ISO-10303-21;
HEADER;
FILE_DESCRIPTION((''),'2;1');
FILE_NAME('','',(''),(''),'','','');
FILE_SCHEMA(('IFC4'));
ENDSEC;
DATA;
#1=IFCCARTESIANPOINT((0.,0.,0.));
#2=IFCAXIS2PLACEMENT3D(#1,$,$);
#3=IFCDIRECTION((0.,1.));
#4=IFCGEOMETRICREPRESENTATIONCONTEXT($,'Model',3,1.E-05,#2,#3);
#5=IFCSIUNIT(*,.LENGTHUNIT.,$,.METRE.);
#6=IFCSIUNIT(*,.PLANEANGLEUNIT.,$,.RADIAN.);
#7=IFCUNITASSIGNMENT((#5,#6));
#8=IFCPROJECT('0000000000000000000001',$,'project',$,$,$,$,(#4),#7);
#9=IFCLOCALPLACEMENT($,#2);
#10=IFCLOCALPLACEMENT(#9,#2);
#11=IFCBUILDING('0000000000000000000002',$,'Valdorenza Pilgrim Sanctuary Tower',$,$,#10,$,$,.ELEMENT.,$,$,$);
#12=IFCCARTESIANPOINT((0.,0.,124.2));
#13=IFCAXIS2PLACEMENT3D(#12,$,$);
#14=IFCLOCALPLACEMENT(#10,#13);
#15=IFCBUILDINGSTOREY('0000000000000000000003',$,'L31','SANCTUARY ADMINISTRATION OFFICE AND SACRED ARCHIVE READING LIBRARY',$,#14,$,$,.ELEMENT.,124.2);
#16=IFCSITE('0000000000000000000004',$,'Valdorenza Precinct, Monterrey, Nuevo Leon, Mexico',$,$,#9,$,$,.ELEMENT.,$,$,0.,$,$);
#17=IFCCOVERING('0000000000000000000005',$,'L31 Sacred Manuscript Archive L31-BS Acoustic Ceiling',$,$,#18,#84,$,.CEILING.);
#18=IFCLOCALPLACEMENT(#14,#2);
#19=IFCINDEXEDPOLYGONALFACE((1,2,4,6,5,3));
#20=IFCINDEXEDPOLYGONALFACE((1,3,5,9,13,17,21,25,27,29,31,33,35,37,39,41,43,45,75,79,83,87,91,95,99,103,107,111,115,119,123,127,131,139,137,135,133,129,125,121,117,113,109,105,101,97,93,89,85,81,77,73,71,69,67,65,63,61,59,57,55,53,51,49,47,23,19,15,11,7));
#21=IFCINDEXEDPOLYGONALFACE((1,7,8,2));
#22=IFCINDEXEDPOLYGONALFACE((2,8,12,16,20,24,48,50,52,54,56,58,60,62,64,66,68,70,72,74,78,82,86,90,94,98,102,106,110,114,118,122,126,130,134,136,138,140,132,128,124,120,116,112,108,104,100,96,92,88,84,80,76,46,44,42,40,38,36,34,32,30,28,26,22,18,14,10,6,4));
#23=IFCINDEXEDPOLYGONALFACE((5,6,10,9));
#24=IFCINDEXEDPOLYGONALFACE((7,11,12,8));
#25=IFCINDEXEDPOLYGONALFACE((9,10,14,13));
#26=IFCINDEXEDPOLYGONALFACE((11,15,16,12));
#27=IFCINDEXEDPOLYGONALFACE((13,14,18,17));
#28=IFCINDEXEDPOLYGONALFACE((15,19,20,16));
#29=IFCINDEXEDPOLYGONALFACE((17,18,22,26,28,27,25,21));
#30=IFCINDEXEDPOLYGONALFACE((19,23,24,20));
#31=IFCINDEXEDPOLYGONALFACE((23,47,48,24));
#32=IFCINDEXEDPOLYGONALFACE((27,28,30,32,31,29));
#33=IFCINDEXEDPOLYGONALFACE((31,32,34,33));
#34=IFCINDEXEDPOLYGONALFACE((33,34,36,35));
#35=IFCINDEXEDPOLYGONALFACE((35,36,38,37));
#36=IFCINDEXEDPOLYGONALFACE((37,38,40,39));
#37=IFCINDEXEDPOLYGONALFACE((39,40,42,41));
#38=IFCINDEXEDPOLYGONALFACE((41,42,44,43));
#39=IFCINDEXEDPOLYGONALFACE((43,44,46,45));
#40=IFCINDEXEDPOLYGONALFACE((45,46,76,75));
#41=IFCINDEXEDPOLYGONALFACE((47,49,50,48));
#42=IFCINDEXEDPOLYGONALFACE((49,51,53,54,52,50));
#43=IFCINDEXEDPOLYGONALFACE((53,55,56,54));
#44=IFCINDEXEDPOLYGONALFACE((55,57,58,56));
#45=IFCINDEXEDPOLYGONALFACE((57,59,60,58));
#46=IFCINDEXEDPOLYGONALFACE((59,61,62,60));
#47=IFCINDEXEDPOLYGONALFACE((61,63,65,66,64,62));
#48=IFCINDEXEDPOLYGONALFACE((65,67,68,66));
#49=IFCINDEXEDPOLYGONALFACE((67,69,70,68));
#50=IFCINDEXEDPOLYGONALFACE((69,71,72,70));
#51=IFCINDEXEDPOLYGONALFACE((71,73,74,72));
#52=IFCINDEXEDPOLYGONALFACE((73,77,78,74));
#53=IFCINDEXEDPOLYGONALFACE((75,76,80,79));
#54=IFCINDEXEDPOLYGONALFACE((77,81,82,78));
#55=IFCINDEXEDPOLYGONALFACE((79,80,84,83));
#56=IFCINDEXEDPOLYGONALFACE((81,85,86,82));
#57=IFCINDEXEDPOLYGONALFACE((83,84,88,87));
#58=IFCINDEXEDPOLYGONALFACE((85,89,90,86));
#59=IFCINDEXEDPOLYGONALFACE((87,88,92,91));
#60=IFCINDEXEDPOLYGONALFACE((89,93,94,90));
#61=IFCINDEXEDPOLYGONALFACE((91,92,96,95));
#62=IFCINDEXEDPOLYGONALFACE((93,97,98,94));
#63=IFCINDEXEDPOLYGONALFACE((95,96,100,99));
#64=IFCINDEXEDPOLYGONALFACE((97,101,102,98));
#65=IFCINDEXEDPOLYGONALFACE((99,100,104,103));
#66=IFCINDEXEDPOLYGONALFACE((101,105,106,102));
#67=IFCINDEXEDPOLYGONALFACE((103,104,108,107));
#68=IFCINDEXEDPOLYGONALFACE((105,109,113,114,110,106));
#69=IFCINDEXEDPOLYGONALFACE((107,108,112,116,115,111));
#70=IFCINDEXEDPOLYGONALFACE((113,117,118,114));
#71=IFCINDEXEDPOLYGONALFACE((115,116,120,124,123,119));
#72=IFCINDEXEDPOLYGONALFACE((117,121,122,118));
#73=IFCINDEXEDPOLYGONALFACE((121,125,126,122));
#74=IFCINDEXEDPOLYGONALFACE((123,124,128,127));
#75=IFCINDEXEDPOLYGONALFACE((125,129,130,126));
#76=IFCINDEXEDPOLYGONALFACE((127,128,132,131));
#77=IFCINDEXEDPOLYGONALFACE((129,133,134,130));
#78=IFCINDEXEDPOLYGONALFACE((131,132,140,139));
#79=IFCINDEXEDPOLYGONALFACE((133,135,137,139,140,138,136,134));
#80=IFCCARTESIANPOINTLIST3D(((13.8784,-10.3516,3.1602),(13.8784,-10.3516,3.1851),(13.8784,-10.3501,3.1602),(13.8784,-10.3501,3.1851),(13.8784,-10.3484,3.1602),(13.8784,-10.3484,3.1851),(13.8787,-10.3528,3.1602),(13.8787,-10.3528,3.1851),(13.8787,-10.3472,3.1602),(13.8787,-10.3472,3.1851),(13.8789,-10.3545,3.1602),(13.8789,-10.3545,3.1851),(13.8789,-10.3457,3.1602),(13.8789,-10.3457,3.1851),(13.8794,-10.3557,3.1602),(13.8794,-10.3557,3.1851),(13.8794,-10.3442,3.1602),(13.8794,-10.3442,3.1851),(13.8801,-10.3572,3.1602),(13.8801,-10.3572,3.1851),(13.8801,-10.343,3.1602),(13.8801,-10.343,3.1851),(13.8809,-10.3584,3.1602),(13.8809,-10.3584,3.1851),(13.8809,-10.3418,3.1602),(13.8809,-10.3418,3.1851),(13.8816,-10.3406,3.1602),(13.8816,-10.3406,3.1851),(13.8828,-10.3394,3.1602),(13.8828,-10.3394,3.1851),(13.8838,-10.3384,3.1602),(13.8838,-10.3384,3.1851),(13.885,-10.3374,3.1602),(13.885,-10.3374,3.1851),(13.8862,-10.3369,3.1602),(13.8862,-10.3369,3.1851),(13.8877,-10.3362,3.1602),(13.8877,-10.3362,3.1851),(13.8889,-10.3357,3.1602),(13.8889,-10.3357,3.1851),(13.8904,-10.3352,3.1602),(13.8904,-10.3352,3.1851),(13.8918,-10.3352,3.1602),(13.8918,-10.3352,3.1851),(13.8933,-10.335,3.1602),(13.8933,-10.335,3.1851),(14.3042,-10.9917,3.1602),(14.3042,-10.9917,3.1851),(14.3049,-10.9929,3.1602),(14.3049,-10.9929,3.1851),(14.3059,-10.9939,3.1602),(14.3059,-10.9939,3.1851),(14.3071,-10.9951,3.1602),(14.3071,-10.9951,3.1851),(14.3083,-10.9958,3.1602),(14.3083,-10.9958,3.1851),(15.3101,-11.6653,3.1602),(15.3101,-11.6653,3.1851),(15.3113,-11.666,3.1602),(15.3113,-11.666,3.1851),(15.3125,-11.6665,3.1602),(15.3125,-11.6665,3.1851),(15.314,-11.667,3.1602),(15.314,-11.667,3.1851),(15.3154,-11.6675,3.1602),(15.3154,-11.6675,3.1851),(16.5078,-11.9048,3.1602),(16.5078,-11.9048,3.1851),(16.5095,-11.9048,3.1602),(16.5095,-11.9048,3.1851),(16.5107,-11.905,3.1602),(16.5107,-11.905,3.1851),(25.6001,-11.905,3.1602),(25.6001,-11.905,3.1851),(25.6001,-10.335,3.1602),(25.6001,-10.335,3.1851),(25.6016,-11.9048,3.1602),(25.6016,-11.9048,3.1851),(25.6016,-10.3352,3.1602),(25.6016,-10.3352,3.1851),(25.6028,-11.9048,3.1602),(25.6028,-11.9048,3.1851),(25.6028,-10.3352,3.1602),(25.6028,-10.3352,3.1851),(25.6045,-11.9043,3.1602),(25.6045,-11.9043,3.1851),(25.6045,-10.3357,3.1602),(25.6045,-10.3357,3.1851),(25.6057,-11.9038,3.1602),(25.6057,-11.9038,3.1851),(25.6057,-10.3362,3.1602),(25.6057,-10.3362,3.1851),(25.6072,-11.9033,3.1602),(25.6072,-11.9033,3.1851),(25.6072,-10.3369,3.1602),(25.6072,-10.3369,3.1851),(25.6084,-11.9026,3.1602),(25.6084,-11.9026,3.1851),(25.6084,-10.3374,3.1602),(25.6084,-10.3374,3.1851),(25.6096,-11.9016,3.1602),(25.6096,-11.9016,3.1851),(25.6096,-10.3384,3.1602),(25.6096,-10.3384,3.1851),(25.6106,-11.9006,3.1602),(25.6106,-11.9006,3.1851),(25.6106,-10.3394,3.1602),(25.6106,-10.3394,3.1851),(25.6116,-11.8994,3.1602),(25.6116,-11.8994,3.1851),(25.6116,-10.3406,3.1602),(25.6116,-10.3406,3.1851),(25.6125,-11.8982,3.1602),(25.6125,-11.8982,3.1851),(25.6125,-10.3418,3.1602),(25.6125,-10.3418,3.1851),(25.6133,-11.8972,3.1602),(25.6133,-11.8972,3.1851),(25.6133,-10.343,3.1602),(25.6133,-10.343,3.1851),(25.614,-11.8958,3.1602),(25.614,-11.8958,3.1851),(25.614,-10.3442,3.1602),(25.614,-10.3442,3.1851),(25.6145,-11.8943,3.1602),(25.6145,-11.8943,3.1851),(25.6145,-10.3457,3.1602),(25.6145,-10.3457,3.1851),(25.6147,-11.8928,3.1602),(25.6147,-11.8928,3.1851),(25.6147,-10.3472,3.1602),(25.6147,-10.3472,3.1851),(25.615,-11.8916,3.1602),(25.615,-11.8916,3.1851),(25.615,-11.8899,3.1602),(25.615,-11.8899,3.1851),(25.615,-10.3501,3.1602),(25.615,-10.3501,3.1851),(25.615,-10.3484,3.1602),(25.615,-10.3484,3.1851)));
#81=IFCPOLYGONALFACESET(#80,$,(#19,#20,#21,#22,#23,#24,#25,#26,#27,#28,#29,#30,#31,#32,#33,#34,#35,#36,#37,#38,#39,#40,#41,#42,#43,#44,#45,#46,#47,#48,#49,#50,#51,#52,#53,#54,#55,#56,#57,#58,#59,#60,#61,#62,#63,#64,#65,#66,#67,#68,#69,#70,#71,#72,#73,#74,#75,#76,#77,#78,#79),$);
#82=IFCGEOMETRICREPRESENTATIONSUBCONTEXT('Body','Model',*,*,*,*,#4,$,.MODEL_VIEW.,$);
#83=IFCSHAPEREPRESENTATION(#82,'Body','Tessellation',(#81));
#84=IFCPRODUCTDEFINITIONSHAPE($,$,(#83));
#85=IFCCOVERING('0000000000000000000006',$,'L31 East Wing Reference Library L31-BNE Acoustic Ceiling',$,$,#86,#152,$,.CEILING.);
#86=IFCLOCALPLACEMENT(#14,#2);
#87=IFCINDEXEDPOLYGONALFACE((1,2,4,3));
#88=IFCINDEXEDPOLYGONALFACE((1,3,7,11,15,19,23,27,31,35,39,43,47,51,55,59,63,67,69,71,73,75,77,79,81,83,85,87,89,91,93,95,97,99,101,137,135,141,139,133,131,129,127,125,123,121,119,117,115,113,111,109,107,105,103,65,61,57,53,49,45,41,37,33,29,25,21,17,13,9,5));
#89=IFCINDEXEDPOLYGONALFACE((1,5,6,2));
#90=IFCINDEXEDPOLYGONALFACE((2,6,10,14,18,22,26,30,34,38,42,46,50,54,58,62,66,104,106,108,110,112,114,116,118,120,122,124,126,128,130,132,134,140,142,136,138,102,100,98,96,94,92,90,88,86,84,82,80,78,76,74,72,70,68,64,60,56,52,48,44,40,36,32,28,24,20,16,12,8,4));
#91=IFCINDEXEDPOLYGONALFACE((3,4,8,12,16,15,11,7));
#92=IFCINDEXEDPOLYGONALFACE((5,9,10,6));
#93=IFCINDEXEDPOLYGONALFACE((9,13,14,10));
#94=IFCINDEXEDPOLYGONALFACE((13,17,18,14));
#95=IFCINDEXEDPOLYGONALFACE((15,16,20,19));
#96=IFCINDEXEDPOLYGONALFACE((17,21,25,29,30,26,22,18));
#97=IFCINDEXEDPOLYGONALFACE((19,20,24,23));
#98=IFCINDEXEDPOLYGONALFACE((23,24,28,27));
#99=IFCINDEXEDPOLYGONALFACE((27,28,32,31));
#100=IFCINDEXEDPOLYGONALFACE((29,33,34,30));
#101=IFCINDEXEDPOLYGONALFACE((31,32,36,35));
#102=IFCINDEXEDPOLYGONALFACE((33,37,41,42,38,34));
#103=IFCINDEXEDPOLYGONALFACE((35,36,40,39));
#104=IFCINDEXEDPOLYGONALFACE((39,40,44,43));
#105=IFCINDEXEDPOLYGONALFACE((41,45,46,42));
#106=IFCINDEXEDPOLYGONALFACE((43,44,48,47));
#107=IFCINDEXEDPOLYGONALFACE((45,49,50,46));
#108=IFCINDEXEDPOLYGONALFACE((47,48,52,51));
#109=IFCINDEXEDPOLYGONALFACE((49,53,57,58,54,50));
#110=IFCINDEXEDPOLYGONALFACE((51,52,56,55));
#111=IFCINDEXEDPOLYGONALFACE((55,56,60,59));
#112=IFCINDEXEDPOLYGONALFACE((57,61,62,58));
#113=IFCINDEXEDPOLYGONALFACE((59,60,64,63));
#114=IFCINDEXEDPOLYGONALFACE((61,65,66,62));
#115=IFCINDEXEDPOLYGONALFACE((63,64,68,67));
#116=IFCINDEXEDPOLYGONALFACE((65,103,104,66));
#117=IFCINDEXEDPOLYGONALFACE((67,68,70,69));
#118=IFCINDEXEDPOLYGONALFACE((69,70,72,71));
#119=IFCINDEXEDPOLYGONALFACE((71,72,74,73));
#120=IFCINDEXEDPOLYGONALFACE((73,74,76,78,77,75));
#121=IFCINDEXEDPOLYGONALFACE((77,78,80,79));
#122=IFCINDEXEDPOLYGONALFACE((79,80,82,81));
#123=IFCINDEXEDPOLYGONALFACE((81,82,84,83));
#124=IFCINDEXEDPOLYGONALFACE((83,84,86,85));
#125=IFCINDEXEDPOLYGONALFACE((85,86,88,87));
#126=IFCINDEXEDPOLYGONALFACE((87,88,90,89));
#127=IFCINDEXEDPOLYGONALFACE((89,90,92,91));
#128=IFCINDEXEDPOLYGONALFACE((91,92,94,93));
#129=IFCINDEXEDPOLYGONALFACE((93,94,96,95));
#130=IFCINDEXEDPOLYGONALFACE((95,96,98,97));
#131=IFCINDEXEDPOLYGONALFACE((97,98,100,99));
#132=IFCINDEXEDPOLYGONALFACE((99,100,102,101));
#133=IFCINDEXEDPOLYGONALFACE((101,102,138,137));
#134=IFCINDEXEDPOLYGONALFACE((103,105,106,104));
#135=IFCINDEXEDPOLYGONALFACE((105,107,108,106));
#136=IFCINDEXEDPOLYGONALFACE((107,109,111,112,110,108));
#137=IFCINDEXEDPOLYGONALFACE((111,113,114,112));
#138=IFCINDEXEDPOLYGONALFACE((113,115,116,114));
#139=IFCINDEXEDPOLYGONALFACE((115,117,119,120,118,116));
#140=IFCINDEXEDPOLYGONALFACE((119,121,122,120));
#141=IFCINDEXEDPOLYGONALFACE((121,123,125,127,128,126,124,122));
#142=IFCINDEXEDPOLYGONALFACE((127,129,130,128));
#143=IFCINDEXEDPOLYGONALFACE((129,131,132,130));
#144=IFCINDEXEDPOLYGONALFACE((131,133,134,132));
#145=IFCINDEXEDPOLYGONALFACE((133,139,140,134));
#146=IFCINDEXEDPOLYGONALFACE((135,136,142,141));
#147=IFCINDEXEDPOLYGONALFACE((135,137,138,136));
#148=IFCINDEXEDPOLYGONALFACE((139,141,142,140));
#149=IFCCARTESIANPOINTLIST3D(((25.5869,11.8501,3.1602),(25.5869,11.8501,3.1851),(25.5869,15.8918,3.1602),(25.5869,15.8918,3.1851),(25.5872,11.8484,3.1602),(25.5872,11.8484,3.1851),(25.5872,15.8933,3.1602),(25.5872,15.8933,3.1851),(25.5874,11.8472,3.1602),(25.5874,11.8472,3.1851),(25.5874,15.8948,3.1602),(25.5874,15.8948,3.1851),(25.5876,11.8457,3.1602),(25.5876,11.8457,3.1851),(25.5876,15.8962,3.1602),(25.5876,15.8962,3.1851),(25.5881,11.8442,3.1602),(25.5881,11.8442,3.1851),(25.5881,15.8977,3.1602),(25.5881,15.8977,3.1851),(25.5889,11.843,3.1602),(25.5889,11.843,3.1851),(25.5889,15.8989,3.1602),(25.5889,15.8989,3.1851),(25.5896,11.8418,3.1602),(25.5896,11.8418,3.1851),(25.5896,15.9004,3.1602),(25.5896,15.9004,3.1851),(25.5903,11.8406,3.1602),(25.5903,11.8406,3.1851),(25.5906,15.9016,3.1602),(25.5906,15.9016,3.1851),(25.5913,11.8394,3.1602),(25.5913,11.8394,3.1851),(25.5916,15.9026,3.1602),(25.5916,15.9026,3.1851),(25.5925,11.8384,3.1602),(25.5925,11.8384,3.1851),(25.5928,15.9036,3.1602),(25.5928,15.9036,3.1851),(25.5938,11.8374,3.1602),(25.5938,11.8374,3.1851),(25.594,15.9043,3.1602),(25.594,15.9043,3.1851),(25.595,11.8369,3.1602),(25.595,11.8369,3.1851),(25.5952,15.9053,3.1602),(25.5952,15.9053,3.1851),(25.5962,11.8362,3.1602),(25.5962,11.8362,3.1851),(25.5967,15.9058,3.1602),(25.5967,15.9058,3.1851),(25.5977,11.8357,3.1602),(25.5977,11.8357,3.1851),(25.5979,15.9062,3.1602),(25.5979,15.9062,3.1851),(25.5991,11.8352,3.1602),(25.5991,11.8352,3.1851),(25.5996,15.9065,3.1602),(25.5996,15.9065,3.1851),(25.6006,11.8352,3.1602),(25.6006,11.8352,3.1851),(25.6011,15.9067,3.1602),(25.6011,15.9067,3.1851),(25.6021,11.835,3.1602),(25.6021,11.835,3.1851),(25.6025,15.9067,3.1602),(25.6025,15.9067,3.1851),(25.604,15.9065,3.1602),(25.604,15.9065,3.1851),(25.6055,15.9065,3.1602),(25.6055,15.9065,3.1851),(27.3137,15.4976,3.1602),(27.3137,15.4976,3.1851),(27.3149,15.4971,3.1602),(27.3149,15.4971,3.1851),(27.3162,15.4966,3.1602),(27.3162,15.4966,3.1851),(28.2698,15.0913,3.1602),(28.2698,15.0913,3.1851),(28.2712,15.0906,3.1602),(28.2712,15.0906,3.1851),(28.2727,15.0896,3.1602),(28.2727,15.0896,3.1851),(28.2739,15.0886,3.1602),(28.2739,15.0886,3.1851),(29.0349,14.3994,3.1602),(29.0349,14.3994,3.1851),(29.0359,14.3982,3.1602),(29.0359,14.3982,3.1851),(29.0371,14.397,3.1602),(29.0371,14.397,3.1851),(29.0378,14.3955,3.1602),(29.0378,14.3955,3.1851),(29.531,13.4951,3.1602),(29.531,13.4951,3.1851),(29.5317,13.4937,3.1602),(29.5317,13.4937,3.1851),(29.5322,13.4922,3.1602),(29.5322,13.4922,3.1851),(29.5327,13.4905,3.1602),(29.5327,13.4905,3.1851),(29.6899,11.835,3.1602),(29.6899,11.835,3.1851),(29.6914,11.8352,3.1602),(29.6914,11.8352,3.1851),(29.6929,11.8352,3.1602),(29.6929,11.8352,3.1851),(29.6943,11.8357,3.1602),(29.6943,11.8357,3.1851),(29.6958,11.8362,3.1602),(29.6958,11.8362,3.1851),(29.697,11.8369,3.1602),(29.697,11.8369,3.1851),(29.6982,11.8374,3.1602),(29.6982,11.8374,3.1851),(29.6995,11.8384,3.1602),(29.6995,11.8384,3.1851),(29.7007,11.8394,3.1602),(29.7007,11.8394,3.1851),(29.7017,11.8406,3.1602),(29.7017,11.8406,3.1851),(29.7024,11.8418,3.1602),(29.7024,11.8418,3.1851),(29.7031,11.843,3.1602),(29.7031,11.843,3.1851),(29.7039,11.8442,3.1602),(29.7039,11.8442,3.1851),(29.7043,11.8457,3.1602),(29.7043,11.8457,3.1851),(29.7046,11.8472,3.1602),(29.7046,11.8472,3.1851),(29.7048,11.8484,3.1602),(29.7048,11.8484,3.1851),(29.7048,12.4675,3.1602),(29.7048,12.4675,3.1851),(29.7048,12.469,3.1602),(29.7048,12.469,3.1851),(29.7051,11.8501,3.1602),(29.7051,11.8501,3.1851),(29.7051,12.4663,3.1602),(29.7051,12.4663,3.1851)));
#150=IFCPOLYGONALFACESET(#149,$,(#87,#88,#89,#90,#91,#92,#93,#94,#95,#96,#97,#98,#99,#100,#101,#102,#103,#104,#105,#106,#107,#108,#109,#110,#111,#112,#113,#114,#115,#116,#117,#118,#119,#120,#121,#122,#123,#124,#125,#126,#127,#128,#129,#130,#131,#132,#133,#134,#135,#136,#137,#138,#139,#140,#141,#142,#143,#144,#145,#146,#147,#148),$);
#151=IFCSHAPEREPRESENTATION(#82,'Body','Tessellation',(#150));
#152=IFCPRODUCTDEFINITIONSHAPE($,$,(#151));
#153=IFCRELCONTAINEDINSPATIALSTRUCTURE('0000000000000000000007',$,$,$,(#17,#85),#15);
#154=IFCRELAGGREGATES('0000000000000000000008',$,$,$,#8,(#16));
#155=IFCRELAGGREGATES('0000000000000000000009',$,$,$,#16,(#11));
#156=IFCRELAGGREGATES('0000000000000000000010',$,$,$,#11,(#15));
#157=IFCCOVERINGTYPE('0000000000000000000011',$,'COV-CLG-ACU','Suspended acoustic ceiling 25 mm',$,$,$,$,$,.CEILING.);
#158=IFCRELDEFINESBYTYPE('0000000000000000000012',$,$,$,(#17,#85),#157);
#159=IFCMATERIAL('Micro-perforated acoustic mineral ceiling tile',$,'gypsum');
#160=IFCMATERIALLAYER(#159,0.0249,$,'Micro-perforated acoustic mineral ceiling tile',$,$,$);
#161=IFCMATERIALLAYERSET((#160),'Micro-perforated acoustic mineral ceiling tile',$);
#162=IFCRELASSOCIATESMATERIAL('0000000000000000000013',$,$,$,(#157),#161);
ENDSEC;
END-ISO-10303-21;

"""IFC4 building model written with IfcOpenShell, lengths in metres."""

from ifc_helpers import new_model, si_unit, direction, frame, origin, place, context, subcontext, project, spatial, polyline, outline, extrude, material, layer, layer_set, type_object, element, save


model = new_model("IFC4")

# Units and contexts
model_context = context("Model", 3, precision=1e-05, world=origin(), true_north=direction((0.0, 1.0)))
body_context = subcontext(model_context, "Body", "Model", "MODEL_VIEW")
ifc_project = project(units=[si_unit("LENGTHUNIT", "METRE"), si_unit("PLANEANGLEUNIT", "RADIAN")], contexts=[model_context])

# Site, building, storey
site_placement = place(None, origin())
site = spatial("IfcSite", under=ifc_project, at=site_placement, Name="Valdorenza Precinct, Monterrey, Nuevo Leon, Mexico", CompositionType="ELEMENT", RefElevation=0.0)
building_placement = place(site_placement, origin())
building = spatial("IfcBuilding", under=site, at=building_placement, Name="Valdorenza Pilgrim Sanctuary Tower", CompositionType="ELEMENT")
storey_placement = place(building_placement, frame((0.0, 0.0, 124.2)))
storey = spatial("IfcBuildingStorey", under=building, at=storey_placement, Name="L31", Description="SANCTUARY ADMINISTRATION OFFICE AND SACRED ARCHIVE READING LIBRARY", CompositionType="ELEMENT", Elevation=124.2)

# Coverings
ifc_material_1 = material(Name="Micro-perforated acoustic mineral ceiling tile", Category="gypsum")
ifc_layer_1 = layer(ifc_material_1, 0.0249, Name="Micro-perforated acoustic mineral ceiling tile")
ifc_layer_set_1 = layer_set([ifc_layer_1], Name="Micro-perforated acoustic mineral ceiling tile")
covering_type_1 = type_object("IfcCoveringType", Name="COV-CLG-ACU", Description="Suspended acoustic ceiling 25 mm", PredefinedType="CEILING", material=ifc_layer_set_1)
covering_1_placement = place(storey_placement, frame((0.0, 0.0, 3.1602)))
element("IfcCovering", 1, at=covering_1_placement, inside=storey, type_object=covering_type_1, Name="L31 Sacred Manuscript Archive L31-BS Acoustic Ceiling", PredefinedType="CEILING", context=body_context, shape_type="SweptSolid", body=[
    extrude(outline(polyline([(25.615, -11.8899), (25.615, -11.8916), (25.6147, -11.8928), (25.6145, -11.8943), (25.614, -11.8958), (25.6133, -11.8972), (25.6125, -11.8982), (25.6116, -11.8994), (25.6106, -11.9006), (25.6096, -11.9016), (25.6084, -11.9026), (25.6072, -11.9033), (25.6057, -11.9038), (25.6045, -11.9043), (25.6028, -11.9048), (25.6016, -11.9048), (25.6001, -11.905), (16.5107, -11.905), (16.5095, -11.9048), (16.5078, -11.9048), (15.3154, -11.6675), (15.314, -11.667), (15.3125, -11.6665), (15.3113, -11.666), (15.3101, -11.6653), (14.3083, -10.9958), (14.3071, -10.9951), (14.3059, -10.9939), (14.3049, -10.9929), (14.3042, -10.9917), (13.8809, -10.3584), (13.8801, -10.3572), (13.8794, -10.3557), (13.8789, -10.3545), (13.8787, -10.3528), (13.8784, -10.3516), (13.8784, -10.3501), (13.8784, -10.3484), (13.8787, -10.3472), (13.8789, -10.3457), (13.8794, -10.3442), (13.8801, -10.343), (13.8809, -10.3418), (13.8816, -10.3406), (13.8828, -10.3394), (13.8838, -10.3384), (13.885, -10.3374), (13.8862, -10.3369), (13.8877, -10.3362), (13.8889, -10.3357), (13.8904, -10.3352), (13.8918, -10.3352), (13.8933, -10.335), (25.6001, -10.335), (25.6016, -10.3352), (25.6028, -10.3352), (25.6045, -10.3357), (25.6057, -10.3362), (25.6072, -10.3369), (25.6084, -10.3374), (25.6096, -10.3384), (25.6106, -10.3394), (25.6116, -10.3406), (25.6125, -10.3418), (25.6133, -10.343), (25.614, -10.3442), (25.6145, -10.3457), (25.6147, -10.3472), (25.615, -10.3484), (25.615, -10.3501), (25.615, -11.8899)])), origin(), (0.0, 0.0, 1.0), 0.0249),
])
covering_2_placement = place(storey_placement, frame((0.0, 0.0, 3.1602)))
element("IfcCovering", 2, at=covering_2_placement, inside=storey, type_object=covering_type_1, Name="L31 East Wing Reference Library L31-BNE Acoustic Ceiling", PredefinedType="CEILING", context=body_context, shape_type="SweptSolid", body=[
    extrude(outline(polyline([(27.3137, 15.4976), (27.3149, 15.4971), (27.3162, 15.4966), (28.2698, 15.0913), (28.2712, 15.0906), (28.2727, 15.0896), (28.2739, 15.0886), (29.0349, 14.3994), (29.0359, 14.3982), (29.0371, 14.397), (29.0378, 14.3955), (29.531, 13.4951), (29.5317, 13.4937), (29.5322, 13.4922), (29.5327, 13.4905), (29.7048, 12.469), (29.7048, 12.4675), (29.7051, 12.4663), (29.7051, 11.8501), (29.7048, 11.8484), (29.7046, 11.8472), (29.7043, 11.8457), (29.7039, 11.8442), (29.7031, 11.843), (29.7024, 11.8418), (29.7017, 11.8406), (29.7007, 11.8394), (29.6995, 11.8384), (29.6982, 11.8374), (29.697, 11.8369), (29.6958, 11.8362), (29.6943, 11.8357), (29.6929, 11.8352), (29.6914, 11.8352), (29.6899, 11.835), (25.6021, 11.835), (25.6006, 11.8352), (25.5991, 11.8352), (25.5977, 11.8357), (25.5962, 11.8362), (25.595, 11.8369), (25.5938, 11.8374), (25.5925, 11.8384), (25.5913, 11.8394), (25.5903, 11.8406), (25.5896, 11.8418), (25.5889, 11.843), (25.5881, 11.8442), (25.5876, 11.8457), (25.5874, 11.8472), (25.5872, 11.8484), (25.5869, 11.8501), (25.5869, 15.8918), (25.5872, 15.8933), (25.5874, 15.8948), (25.5876, 15.8962), (25.5881, 15.8977), (25.5889, 15.8989), (25.5896, 15.9004), (25.5906, 15.9016), (25.5916, 15.9026), (25.5928, 15.9036), (25.594, 15.9043), (25.5952, 15.9053), (25.5967, 15.9058), (25.5979, 15.9062), (25.5996, 15.9065), (25.6011, 15.9067), (25.6025, 15.9067), (25.604, 15.9065), (25.6055, 15.9065), (27.3137, 15.4976)])), origin(), (0.0, 0.0, 1.0), 0.0249),
])

save(model, "model.ifc")
